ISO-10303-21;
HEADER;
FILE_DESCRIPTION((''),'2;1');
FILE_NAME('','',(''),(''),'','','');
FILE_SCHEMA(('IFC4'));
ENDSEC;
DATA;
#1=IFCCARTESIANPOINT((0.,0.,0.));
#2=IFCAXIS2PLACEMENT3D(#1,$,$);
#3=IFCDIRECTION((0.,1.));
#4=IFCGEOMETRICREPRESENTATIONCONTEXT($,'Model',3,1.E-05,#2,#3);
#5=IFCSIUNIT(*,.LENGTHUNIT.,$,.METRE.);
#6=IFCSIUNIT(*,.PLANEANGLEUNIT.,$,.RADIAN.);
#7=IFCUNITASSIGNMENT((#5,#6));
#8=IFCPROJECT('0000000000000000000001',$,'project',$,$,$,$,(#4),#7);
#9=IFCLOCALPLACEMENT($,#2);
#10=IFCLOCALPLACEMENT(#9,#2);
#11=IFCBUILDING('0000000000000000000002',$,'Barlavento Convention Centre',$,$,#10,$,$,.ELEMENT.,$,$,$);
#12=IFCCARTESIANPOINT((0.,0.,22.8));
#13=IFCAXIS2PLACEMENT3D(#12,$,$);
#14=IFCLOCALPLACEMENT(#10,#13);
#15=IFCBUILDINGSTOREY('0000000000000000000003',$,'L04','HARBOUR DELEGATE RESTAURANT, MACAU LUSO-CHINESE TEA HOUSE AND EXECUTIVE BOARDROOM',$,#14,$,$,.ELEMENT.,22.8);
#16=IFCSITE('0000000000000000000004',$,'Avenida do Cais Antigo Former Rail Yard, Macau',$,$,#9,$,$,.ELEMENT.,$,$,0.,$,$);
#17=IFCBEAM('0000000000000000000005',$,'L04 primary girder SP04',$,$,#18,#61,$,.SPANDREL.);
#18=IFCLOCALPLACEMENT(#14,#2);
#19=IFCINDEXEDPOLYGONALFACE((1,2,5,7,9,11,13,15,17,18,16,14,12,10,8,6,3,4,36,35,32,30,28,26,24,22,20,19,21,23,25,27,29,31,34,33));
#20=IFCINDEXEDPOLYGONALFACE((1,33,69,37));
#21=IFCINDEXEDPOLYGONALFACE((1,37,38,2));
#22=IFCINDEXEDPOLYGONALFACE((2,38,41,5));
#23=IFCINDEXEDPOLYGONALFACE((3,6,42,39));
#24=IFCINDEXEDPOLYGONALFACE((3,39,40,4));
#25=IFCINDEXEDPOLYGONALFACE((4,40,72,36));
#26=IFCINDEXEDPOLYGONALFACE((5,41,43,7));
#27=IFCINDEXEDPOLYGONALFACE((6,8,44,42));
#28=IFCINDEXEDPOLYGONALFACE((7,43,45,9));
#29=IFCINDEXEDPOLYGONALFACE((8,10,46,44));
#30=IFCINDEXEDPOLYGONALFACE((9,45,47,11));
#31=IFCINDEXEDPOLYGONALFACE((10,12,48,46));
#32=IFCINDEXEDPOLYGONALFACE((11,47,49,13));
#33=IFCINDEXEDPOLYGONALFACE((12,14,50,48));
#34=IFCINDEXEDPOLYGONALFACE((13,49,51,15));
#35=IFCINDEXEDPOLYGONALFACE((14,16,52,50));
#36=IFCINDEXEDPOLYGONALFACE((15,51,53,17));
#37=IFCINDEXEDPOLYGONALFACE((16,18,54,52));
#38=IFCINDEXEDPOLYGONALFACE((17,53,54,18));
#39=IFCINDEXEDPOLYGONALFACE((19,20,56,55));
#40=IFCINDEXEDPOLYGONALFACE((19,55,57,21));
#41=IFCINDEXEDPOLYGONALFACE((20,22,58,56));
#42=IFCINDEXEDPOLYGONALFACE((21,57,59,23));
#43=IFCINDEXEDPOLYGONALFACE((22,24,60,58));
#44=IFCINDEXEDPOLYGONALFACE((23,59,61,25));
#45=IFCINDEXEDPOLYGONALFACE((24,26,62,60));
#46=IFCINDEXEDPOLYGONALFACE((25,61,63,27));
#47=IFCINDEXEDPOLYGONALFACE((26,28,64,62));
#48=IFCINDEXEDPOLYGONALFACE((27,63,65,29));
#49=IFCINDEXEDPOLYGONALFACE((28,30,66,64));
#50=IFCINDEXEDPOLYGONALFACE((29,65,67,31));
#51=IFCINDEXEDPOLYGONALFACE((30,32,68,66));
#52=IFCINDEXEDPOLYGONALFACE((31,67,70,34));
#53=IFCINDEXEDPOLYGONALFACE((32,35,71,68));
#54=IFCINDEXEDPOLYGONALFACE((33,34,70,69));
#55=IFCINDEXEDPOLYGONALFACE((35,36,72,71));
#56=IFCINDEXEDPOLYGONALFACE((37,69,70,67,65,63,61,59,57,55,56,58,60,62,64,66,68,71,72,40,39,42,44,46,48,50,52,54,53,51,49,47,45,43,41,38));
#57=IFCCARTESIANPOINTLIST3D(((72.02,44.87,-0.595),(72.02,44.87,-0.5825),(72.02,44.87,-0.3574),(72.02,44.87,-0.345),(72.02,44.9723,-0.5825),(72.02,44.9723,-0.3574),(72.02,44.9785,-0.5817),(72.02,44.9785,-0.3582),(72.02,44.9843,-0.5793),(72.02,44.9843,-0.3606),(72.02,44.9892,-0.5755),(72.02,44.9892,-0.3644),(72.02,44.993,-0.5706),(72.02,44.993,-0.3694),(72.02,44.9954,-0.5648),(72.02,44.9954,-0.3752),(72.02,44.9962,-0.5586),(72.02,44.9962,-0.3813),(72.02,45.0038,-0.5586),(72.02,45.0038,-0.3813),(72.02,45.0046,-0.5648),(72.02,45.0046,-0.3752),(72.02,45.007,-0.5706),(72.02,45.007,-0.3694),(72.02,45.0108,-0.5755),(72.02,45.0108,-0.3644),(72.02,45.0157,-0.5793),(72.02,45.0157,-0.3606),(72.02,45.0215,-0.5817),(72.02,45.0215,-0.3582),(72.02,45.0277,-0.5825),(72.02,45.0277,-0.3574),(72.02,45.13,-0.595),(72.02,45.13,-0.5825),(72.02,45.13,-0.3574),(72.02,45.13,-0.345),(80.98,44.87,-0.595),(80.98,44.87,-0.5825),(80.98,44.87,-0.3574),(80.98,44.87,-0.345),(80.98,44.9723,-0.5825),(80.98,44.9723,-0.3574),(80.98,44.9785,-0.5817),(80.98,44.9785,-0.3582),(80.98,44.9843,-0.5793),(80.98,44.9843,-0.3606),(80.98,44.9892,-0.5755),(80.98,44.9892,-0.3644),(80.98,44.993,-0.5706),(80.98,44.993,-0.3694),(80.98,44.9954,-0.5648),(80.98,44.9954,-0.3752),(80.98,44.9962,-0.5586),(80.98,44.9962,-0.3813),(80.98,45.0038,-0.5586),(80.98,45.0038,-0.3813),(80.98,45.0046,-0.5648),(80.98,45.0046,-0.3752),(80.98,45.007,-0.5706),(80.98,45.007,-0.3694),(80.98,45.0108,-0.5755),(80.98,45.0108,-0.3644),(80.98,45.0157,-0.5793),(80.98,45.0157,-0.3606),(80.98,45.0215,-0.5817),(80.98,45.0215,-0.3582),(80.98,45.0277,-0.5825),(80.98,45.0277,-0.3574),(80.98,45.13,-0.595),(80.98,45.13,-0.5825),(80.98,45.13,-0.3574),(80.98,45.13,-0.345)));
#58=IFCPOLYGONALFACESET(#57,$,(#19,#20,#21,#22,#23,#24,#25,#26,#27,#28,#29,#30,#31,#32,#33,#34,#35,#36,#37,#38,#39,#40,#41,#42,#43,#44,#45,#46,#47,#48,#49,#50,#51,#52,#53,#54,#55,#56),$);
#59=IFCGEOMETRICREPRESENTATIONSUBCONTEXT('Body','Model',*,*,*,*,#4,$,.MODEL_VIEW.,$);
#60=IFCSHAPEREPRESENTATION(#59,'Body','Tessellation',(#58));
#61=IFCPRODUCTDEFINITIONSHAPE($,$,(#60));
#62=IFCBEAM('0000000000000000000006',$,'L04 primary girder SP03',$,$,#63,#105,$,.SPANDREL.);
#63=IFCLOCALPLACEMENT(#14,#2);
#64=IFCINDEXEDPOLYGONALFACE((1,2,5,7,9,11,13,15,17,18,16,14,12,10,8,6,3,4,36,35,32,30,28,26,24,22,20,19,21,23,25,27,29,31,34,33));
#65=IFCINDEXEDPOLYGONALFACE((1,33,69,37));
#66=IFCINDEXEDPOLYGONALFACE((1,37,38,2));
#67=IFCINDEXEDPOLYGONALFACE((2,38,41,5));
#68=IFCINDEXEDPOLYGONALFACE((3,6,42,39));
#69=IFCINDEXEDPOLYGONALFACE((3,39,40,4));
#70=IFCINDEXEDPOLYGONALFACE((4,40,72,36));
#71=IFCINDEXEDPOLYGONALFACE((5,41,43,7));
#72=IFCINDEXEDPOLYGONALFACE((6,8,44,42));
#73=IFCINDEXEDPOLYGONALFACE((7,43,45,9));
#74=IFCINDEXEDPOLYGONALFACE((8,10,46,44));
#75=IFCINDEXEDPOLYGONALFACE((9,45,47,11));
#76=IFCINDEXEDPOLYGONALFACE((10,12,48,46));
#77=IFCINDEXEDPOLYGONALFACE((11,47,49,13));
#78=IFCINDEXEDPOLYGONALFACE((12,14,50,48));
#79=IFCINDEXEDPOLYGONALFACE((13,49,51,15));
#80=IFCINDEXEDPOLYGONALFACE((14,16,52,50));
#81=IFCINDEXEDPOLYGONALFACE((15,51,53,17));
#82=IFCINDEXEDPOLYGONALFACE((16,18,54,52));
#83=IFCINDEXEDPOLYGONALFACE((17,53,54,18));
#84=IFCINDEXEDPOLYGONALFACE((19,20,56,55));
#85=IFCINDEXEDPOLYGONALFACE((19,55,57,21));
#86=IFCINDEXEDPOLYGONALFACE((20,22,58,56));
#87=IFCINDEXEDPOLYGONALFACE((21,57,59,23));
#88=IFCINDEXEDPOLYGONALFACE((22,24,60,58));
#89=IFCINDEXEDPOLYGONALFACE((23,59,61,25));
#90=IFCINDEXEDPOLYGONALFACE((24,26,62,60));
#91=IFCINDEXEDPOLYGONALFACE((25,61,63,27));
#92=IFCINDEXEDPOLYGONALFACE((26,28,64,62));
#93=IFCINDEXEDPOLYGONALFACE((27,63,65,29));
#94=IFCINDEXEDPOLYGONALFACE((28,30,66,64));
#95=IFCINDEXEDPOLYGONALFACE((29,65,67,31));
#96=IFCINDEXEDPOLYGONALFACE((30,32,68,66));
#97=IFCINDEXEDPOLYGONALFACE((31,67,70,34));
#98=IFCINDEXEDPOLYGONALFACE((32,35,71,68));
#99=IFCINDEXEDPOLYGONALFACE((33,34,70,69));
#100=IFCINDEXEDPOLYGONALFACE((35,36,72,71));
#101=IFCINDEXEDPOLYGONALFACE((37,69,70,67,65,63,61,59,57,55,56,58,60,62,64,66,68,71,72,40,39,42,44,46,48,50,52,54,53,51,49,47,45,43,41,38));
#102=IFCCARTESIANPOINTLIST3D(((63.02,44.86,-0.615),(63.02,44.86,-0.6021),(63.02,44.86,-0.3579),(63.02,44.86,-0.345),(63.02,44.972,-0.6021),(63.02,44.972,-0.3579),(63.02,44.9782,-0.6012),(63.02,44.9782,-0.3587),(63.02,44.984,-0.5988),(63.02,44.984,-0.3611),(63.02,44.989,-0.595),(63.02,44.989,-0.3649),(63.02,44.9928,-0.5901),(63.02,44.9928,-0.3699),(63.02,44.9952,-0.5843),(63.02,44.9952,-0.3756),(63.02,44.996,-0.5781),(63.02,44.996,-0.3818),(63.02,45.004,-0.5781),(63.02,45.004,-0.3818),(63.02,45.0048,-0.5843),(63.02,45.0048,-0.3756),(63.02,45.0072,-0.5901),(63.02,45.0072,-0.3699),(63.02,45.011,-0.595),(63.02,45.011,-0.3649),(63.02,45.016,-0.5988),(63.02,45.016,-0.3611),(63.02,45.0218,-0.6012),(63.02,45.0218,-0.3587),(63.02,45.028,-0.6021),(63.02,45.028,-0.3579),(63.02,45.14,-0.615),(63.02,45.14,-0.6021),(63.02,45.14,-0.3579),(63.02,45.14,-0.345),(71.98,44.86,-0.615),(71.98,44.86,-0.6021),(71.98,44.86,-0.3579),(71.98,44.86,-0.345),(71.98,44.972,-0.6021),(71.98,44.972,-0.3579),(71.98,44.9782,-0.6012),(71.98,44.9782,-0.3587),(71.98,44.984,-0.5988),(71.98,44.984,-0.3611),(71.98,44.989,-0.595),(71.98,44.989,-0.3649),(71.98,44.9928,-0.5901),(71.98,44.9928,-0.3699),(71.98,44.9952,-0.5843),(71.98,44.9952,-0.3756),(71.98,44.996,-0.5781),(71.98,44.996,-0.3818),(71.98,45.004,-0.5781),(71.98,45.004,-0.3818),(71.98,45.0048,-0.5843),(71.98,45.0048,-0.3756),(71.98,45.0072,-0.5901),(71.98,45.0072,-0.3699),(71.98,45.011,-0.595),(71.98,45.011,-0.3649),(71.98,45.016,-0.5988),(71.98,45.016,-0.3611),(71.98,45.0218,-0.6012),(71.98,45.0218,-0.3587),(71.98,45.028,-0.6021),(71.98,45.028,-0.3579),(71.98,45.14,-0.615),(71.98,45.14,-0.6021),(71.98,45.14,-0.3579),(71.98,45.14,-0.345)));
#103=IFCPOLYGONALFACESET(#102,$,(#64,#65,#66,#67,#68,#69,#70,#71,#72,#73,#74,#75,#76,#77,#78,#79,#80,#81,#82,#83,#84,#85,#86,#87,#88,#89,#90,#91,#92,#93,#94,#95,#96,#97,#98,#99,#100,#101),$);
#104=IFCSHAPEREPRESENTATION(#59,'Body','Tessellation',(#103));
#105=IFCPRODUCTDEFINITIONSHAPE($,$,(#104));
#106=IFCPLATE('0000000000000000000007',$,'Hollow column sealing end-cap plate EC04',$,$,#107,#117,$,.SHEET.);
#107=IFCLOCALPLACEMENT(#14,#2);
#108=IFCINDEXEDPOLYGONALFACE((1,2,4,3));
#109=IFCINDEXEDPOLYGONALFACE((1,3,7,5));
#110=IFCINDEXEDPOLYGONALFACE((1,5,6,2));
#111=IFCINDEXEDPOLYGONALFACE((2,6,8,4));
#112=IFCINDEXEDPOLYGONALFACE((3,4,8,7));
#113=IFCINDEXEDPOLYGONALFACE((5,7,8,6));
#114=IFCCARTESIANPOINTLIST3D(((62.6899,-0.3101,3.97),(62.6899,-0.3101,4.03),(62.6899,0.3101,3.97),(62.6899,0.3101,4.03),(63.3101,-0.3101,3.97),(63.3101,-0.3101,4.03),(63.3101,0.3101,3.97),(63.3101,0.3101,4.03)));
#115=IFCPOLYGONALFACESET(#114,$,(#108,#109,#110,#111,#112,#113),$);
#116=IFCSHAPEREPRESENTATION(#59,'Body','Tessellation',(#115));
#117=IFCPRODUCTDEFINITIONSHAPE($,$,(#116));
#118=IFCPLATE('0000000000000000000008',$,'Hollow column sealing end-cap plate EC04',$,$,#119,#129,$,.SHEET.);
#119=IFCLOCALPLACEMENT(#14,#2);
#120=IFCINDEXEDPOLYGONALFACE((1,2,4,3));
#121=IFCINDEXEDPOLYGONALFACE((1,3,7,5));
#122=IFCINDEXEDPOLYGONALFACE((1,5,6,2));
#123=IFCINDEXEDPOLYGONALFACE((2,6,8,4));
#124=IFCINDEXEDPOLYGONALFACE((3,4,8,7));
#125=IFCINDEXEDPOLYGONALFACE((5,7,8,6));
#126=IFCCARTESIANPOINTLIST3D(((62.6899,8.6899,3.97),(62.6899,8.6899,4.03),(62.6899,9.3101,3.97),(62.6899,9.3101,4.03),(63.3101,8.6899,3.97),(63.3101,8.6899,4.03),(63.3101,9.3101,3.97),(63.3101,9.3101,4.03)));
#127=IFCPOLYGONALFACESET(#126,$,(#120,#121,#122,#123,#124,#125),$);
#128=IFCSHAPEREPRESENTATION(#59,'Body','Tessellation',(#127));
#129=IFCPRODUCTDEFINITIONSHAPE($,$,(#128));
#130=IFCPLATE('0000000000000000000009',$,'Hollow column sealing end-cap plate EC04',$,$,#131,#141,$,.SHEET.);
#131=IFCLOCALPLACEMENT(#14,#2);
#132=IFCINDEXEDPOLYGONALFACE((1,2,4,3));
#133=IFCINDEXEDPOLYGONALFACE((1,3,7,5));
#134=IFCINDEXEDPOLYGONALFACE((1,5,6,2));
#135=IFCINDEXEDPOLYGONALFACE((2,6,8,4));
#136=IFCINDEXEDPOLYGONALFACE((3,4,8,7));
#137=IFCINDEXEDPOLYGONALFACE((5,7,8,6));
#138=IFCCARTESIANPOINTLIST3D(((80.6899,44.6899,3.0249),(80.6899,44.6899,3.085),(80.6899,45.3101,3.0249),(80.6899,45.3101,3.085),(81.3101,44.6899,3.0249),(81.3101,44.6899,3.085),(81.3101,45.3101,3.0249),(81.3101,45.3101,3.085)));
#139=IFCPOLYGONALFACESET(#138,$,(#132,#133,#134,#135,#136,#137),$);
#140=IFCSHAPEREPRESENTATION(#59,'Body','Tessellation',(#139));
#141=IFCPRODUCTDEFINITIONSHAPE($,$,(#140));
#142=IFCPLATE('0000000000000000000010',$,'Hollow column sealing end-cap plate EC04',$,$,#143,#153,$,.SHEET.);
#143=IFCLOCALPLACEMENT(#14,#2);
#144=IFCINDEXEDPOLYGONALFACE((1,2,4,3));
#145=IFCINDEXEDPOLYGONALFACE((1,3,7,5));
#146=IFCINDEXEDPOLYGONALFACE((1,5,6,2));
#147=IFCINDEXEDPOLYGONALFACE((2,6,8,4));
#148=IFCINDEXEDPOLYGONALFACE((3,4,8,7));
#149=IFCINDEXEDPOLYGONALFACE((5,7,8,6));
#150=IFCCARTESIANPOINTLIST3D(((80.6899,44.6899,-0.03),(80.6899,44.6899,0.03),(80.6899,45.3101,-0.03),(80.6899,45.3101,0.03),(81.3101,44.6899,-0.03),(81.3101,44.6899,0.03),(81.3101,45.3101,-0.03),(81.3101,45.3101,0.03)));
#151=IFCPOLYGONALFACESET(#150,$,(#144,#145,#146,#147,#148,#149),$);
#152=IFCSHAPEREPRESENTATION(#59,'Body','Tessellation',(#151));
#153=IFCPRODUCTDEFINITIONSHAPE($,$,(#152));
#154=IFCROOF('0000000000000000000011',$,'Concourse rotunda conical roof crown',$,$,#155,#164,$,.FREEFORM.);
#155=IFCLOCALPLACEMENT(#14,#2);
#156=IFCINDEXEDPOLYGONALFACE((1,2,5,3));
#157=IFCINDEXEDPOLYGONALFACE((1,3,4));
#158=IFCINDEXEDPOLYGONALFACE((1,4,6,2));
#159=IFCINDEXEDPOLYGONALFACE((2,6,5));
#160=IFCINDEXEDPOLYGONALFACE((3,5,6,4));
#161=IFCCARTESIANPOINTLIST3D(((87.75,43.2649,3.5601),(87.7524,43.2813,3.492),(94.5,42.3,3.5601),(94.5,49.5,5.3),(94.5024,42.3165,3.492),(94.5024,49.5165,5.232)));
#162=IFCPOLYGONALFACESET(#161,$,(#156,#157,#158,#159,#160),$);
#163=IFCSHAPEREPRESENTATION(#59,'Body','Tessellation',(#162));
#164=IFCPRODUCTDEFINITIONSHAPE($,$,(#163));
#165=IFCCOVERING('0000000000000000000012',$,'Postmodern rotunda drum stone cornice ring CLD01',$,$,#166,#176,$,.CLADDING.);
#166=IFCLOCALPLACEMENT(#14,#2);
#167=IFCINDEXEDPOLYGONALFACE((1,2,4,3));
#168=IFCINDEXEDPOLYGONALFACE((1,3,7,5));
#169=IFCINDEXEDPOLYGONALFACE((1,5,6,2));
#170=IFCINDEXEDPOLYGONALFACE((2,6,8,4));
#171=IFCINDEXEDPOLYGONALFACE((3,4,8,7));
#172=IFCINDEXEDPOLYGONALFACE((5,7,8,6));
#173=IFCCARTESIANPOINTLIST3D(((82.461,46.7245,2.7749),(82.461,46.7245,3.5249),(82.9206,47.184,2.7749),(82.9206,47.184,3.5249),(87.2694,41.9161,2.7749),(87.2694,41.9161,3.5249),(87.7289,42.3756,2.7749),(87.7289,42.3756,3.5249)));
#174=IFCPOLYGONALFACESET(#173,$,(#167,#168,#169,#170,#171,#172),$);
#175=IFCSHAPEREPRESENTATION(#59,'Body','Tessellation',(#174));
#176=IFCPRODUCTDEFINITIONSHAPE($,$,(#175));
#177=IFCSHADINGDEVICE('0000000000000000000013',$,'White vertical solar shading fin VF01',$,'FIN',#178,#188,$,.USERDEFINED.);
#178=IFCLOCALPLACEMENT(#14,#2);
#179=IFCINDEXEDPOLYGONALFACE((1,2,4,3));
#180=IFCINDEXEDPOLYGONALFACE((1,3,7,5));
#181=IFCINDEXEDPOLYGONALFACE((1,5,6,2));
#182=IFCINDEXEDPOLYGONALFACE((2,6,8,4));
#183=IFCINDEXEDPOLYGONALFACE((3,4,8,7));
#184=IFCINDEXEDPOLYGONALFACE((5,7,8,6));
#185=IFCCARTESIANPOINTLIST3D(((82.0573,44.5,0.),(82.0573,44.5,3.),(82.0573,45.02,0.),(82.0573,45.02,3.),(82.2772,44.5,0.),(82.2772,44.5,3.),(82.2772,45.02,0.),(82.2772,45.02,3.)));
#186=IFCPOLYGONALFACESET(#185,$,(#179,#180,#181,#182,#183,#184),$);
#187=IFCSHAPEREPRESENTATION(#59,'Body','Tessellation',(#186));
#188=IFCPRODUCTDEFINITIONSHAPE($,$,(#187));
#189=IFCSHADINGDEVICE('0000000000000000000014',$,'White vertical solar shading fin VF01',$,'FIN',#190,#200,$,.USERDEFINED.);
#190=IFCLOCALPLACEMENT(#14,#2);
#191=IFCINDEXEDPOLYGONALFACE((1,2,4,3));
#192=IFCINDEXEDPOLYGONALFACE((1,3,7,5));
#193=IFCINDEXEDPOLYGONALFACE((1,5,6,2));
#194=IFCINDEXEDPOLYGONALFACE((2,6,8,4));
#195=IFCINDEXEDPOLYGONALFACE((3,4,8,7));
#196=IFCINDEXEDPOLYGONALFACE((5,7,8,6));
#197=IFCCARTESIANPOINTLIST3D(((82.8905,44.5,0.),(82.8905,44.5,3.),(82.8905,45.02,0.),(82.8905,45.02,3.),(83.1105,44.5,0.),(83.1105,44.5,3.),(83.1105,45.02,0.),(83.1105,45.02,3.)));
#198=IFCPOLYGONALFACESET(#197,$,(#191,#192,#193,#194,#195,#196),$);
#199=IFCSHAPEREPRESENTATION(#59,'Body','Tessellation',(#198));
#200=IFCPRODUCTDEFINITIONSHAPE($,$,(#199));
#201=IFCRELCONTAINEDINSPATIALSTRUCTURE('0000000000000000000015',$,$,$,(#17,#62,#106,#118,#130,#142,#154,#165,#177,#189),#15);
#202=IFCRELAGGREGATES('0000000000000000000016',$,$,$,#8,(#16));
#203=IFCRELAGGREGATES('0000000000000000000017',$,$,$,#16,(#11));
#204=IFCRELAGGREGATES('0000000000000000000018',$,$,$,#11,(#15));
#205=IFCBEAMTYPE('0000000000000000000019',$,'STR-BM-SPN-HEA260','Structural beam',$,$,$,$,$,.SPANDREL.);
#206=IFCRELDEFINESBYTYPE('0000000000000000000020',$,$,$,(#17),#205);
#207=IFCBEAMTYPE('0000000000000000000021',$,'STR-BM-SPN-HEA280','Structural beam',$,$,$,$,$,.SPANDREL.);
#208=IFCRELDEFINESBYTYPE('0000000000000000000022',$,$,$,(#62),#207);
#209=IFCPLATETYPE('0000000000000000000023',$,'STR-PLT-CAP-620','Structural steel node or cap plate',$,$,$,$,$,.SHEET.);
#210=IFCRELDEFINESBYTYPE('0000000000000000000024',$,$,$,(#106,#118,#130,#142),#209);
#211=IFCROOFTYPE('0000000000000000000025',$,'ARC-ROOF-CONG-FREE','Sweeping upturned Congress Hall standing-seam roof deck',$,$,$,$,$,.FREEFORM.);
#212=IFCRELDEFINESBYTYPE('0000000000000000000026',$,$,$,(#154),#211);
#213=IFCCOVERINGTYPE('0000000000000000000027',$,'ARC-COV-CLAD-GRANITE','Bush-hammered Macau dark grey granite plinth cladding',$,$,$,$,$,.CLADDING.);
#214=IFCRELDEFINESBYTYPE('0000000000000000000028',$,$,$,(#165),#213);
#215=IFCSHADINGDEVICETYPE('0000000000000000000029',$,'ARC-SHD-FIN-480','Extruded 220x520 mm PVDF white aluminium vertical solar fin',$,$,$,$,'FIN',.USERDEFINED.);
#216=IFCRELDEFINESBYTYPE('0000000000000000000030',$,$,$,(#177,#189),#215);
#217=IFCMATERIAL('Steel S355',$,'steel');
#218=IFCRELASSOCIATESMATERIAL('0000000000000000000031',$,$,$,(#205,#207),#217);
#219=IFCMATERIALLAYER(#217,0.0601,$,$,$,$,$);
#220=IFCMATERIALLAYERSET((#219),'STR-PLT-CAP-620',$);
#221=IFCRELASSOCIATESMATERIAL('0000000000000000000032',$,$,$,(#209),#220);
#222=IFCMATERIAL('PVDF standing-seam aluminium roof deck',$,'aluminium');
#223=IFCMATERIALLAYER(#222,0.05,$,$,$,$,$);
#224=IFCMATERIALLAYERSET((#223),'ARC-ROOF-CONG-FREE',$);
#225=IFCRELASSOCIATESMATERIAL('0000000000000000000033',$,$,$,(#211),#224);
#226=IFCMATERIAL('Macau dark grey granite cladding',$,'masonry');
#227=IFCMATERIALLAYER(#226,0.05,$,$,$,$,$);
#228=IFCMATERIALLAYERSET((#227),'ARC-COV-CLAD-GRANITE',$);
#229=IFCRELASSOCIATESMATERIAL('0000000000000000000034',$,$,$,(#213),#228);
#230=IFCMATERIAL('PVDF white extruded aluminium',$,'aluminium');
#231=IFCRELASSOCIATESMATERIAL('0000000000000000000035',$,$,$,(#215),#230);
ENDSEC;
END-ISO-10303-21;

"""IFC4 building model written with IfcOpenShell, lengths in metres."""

from ifc_helpers import new_model, si_unit, direction, frame, origin, origin_2d, place, context, subcontext, project, spatial, polyline, rectangle, i_section, outline, extrude, material, layer, layer_set, material_profile, profile_set, type_object, element, save


model = new_model("IFC4")

# Units and contexts
model_context = context("Model", 3, precision=1e-05, world=origin(), true_north=direction((0.0, 1.0)))
body_context = subcontext(model_context, "Body", "Model", "MODEL_VIEW")
ifc_project = project(units=[si_unit("LENGTHUNIT", "METRE"), si_unit("PLANEANGLEUNIT", "RADIAN")], contexts=[model_context])

# Site, building, storey
site_placement = place(None, origin())
site = spatial("IfcSite", under=ifc_project, at=site_placement, Name="Avenida do Cais Antigo Former Rail Yard, Macau", CompositionType="ELEMENT", RefElevation=0.0)
building_placement = place(site_placement, origin())
building = spatial("IfcBuilding", under=site, at=building_placement, Name="Barlavento Convention Centre", CompositionType="ELEMENT")
storey_placement = place(building_placement, frame((0.0, 0.0, 22.8)))
storey = spatial("IfcBuildingStorey", under=building, at=storey_placement, Name="L04", Description="HARBOUR DELEGATE RESTAURANT, MACAU LUSO-CHINESE TEA HOUSE AND EXECUTIVE BOARDROOM", CompositionType="ELEMENT", Elevation=22.8)

# Beams
ifc_material_1 = material(Name="Steel S355", Category="steel")
ifc_material_profile_1 = material_profile(ifc_material_1, i_section(OverallWidth=0.26, OverallDepth=0.25, WebThickness=0.0076, FlangeThickness=0.0125, FilletRadius=0.0239, at=origin_2d()), Name="HEA 260")
ifc_profile_set_1 = profile_set([ifc_material_profile_1], Name="Steel S355")
beam_type_1 = type_object("IfcBeamType", Name="STR-BM-SPN-HEA260", Description="Structural beam", PredefinedType="SPANDREL", material=ifc_profile_set_1)
beam_1_placement = place(storey_placement, frame((72.02, 45.0, -0.47), z_axis=(1.0, 0.0, 0.0), x_axis=(0.0, 1.0, 0.0)))
element("IfcBeam", 1, at=beam_1_placement, inside=storey, type_object=beam_type_1, Name="L04 primary girder SP04", PredefinedType="SPANDREL", context=body_context, shape_type="SweptSolid", body=[
    extrude(i_section(OverallWidth=0.26, OverallDepth=0.25, WebThickness=0.0076, FlangeThickness=0.0125, FilletRadius=0.0239, at=origin_2d()), origin(), (0.0, 0.0, 1.0), 8.96),
])
ifc_material_profile_2 = material_profile(ifc_material_1, i_section(OverallWidth=0.28, OverallDepth=0.27, WebThickness=0.0081, FlangeThickness=0.0129, FilletRadius=0.0239, at=origin_2d()), Name="HEA 280")
ifc_profile_set_2 = profile_set([ifc_material_profile_2], Name="Steel S355")
beam_type_2 = type_object("IfcBeamType", Name="STR-BM-SPN-HEA280", Description="Structural beam", PredefinedType="SPANDREL", material=ifc_profile_set_2)
beam_2_placement = place(storey_placement, frame((63.02, 45.0, -0.48), z_axis=(1.0, 0.0, 0.0), x_axis=(0.0, 1.0, 0.0)))
element("IfcBeam", 2, at=beam_2_placement, inside=storey, type_object=beam_type_2, Name="L04 primary girder SP03", PredefinedType="SPANDREL", context=body_context, shape_type="SweptSolid", body=[
    extrude(i_section(OverallWidth=0.28, OverallDepth=0.27, WebThickness=0.0081, FlangeThickness=0.0129, FilletRadius=0.0239, at=origin_2d()), origin(), (0.0, 0.0, 1.0), 8.96),
])

# Plates
ifc_layer_1 = layer(ifc_material_1, 0.0601)
ifc_layer_set_1 = layer_set([ifc_layer_1], Name="STR-PLT-CAP-620")
plate_type = type_object("IfcPlateType", Name="STR-PLT-CAP-620", Description="Structural steel node or cap plate", PredefinedType="SHEET", material=ifc_layer_set_1)
for number, where, z_axis, x_axis, name in (
    (3, (63.0, 0.0, 3.97), (0.0, 0.0, 1.0), (1.0, 0.0, 0.0), "Hollow column sealing end-cap plate EC04"),
    (4, (63.0, 9.0, 3.97), (0.0, 0.0, 1.0), (1.0, 0.0, 0.0), "Hollow column sealing end-cap plate EC04"),
    (5, (81.0, 45.0, 3.0249), (0.0, 0.0, 1.0), (1.0, 0.0, 0.0), "Hollow column sealing end-cap plate EC04"),
    (6, (81.0, 45.0, -0.03), (0.0, 0.0, 1.0), (1.0, 0.0, 0.0), "Hollow column sealing end-cap plate EC04"),
):
    element("IfcPlate", number, at=place(storey_placement, frame(where, z_axis=z_axis, x_axis=x_axis)), inside=storey, type_object=plate_type, Name=name, PredefinedType="SHEET", context=body_context, shape_type="SweptSolid", body=[
        extrude(rectangle(XDim=0.6201, YDim=0.6201, at=origin_2d()), origin(), (0.0, 0.0, 1.0), 0.0601),
    ])

# Roof
ifc_material_2 = material(Name="PVDF standing-seam aluminium roof deck", Category="aluminium")
ifc_layer_2 = layer(ifc_material_2, 0.05)
ifc_layer_set_2 = layer_set([ifc_layer_2], Name="ARC-ROOF-CONG-FREE")
roof_type = type_object("IfcRoofType", Name="ARC-ROOF-CONG-FREE", Description="Sweeping upturned Congress Hall standing-seam roof deck", PredefinedType="FREEFORM", material=ifc_layer_set_2)
roof_placement = place(storey_placement, frame((87.75, 43.2649, 3.5601), z_axis=(-0.033558, -0.234772, 0.971471), x_axis=(0.989938, -0.141502, 0.0)))
element("IfcRoof", 7, at=roof_placement, inside=storey, type_object=roof_type, Name="Concourse rotunda conical roof crown", PredefinedType="FREEFORM", context=body_context, shape_type="SweptSolid", body=[
    extrude(outline(polyline([(0.0, 0.0), (6.8186, 0.0), (5.7998, 7.3368), (0.0, 0.0)])), origin(), (0.0, 0.0, -1.0), 0.0701),
])

# Covering
ifc_material_3 = material(Name="Macau dark grey granite cladding", Category="masonry")
ifc_layer_3 = layer(ifc_material_3, 0.05)
ifc_layer_set_3 = layer_set([ifc_layer_3], Name="ARC-COV-CLAD-GRANITE")
covering_type = type_object("IfcCoveringType", Name="ARC-COV-CLAD-GRANITE", Description="Bush-hammered Macau dark grey granite plinth cladding", PredefinedType="CLADDING", material=ifc_layer_set_3)
covering_placement = place(storey_placement, frame((85.095, 44.55, 2.7749), z_axis=(0.0, 0.0, 1.0), x_axis=(0.707107, -0.707107, 0.0)))
element("IfcCovering", 8, at=covering_placement, inside=storey, type_object=covering_type, Name="Postmodern rotunda drum stone cornice ring CLD01", PredefinedType="CLADDING", context=body_context, shape_type="SweptSolid", body=[
    extrude(rectangle(XDim=6.8, YDim=0.6499, at=origin_2d()), origin(), (0.0, 0.0, 1.0), 0.75),
])

# Shading devices
ifc_material_4 = material(Name="PVDF white extruded aluminium", Category="aluminium")
shading_device_type = type_object("IfcShadingDeviceType", Name="ARC-SHD-FIN-480", Description="Extruded 220x520 mm PVDF white aluminium vertical solar fin", ElementType="FIN", PredefinedType="USERDEFINED", material=ifc_material_4)
for number, where, z_axis, x_axis, name in (
    (9, (82.1672, 44.76, 0.0), (0.0, 0.0, 1.0), (1.0, 0.0, 0.0), "White vertical solar shading fin VF01"),
    (10, (83.0005, 44.76, 0.0), (0.0, 0.0, 1.0), (1.0, 0.0, 0.0), "White vertical solar shading fin VF01"),
):
    element("IfcShadingDevice", number, at=place(storey_placement, frame(where, z_axis=z_axis, x_axis=x_axis)), inside=storey, type_object=shading_device_type, Name=name, ObjectType="FIN", PredefinedType="USERDEFINED", context=body_context, shape_type="SweptSolid", body=[
        extrude(rectangle(XDim=0.22, YDim=0.52, at=origin_2d()), origin(), (0.0, 0.0, 1.0), 3.0),
    ])

save(model, "model.ifc")
